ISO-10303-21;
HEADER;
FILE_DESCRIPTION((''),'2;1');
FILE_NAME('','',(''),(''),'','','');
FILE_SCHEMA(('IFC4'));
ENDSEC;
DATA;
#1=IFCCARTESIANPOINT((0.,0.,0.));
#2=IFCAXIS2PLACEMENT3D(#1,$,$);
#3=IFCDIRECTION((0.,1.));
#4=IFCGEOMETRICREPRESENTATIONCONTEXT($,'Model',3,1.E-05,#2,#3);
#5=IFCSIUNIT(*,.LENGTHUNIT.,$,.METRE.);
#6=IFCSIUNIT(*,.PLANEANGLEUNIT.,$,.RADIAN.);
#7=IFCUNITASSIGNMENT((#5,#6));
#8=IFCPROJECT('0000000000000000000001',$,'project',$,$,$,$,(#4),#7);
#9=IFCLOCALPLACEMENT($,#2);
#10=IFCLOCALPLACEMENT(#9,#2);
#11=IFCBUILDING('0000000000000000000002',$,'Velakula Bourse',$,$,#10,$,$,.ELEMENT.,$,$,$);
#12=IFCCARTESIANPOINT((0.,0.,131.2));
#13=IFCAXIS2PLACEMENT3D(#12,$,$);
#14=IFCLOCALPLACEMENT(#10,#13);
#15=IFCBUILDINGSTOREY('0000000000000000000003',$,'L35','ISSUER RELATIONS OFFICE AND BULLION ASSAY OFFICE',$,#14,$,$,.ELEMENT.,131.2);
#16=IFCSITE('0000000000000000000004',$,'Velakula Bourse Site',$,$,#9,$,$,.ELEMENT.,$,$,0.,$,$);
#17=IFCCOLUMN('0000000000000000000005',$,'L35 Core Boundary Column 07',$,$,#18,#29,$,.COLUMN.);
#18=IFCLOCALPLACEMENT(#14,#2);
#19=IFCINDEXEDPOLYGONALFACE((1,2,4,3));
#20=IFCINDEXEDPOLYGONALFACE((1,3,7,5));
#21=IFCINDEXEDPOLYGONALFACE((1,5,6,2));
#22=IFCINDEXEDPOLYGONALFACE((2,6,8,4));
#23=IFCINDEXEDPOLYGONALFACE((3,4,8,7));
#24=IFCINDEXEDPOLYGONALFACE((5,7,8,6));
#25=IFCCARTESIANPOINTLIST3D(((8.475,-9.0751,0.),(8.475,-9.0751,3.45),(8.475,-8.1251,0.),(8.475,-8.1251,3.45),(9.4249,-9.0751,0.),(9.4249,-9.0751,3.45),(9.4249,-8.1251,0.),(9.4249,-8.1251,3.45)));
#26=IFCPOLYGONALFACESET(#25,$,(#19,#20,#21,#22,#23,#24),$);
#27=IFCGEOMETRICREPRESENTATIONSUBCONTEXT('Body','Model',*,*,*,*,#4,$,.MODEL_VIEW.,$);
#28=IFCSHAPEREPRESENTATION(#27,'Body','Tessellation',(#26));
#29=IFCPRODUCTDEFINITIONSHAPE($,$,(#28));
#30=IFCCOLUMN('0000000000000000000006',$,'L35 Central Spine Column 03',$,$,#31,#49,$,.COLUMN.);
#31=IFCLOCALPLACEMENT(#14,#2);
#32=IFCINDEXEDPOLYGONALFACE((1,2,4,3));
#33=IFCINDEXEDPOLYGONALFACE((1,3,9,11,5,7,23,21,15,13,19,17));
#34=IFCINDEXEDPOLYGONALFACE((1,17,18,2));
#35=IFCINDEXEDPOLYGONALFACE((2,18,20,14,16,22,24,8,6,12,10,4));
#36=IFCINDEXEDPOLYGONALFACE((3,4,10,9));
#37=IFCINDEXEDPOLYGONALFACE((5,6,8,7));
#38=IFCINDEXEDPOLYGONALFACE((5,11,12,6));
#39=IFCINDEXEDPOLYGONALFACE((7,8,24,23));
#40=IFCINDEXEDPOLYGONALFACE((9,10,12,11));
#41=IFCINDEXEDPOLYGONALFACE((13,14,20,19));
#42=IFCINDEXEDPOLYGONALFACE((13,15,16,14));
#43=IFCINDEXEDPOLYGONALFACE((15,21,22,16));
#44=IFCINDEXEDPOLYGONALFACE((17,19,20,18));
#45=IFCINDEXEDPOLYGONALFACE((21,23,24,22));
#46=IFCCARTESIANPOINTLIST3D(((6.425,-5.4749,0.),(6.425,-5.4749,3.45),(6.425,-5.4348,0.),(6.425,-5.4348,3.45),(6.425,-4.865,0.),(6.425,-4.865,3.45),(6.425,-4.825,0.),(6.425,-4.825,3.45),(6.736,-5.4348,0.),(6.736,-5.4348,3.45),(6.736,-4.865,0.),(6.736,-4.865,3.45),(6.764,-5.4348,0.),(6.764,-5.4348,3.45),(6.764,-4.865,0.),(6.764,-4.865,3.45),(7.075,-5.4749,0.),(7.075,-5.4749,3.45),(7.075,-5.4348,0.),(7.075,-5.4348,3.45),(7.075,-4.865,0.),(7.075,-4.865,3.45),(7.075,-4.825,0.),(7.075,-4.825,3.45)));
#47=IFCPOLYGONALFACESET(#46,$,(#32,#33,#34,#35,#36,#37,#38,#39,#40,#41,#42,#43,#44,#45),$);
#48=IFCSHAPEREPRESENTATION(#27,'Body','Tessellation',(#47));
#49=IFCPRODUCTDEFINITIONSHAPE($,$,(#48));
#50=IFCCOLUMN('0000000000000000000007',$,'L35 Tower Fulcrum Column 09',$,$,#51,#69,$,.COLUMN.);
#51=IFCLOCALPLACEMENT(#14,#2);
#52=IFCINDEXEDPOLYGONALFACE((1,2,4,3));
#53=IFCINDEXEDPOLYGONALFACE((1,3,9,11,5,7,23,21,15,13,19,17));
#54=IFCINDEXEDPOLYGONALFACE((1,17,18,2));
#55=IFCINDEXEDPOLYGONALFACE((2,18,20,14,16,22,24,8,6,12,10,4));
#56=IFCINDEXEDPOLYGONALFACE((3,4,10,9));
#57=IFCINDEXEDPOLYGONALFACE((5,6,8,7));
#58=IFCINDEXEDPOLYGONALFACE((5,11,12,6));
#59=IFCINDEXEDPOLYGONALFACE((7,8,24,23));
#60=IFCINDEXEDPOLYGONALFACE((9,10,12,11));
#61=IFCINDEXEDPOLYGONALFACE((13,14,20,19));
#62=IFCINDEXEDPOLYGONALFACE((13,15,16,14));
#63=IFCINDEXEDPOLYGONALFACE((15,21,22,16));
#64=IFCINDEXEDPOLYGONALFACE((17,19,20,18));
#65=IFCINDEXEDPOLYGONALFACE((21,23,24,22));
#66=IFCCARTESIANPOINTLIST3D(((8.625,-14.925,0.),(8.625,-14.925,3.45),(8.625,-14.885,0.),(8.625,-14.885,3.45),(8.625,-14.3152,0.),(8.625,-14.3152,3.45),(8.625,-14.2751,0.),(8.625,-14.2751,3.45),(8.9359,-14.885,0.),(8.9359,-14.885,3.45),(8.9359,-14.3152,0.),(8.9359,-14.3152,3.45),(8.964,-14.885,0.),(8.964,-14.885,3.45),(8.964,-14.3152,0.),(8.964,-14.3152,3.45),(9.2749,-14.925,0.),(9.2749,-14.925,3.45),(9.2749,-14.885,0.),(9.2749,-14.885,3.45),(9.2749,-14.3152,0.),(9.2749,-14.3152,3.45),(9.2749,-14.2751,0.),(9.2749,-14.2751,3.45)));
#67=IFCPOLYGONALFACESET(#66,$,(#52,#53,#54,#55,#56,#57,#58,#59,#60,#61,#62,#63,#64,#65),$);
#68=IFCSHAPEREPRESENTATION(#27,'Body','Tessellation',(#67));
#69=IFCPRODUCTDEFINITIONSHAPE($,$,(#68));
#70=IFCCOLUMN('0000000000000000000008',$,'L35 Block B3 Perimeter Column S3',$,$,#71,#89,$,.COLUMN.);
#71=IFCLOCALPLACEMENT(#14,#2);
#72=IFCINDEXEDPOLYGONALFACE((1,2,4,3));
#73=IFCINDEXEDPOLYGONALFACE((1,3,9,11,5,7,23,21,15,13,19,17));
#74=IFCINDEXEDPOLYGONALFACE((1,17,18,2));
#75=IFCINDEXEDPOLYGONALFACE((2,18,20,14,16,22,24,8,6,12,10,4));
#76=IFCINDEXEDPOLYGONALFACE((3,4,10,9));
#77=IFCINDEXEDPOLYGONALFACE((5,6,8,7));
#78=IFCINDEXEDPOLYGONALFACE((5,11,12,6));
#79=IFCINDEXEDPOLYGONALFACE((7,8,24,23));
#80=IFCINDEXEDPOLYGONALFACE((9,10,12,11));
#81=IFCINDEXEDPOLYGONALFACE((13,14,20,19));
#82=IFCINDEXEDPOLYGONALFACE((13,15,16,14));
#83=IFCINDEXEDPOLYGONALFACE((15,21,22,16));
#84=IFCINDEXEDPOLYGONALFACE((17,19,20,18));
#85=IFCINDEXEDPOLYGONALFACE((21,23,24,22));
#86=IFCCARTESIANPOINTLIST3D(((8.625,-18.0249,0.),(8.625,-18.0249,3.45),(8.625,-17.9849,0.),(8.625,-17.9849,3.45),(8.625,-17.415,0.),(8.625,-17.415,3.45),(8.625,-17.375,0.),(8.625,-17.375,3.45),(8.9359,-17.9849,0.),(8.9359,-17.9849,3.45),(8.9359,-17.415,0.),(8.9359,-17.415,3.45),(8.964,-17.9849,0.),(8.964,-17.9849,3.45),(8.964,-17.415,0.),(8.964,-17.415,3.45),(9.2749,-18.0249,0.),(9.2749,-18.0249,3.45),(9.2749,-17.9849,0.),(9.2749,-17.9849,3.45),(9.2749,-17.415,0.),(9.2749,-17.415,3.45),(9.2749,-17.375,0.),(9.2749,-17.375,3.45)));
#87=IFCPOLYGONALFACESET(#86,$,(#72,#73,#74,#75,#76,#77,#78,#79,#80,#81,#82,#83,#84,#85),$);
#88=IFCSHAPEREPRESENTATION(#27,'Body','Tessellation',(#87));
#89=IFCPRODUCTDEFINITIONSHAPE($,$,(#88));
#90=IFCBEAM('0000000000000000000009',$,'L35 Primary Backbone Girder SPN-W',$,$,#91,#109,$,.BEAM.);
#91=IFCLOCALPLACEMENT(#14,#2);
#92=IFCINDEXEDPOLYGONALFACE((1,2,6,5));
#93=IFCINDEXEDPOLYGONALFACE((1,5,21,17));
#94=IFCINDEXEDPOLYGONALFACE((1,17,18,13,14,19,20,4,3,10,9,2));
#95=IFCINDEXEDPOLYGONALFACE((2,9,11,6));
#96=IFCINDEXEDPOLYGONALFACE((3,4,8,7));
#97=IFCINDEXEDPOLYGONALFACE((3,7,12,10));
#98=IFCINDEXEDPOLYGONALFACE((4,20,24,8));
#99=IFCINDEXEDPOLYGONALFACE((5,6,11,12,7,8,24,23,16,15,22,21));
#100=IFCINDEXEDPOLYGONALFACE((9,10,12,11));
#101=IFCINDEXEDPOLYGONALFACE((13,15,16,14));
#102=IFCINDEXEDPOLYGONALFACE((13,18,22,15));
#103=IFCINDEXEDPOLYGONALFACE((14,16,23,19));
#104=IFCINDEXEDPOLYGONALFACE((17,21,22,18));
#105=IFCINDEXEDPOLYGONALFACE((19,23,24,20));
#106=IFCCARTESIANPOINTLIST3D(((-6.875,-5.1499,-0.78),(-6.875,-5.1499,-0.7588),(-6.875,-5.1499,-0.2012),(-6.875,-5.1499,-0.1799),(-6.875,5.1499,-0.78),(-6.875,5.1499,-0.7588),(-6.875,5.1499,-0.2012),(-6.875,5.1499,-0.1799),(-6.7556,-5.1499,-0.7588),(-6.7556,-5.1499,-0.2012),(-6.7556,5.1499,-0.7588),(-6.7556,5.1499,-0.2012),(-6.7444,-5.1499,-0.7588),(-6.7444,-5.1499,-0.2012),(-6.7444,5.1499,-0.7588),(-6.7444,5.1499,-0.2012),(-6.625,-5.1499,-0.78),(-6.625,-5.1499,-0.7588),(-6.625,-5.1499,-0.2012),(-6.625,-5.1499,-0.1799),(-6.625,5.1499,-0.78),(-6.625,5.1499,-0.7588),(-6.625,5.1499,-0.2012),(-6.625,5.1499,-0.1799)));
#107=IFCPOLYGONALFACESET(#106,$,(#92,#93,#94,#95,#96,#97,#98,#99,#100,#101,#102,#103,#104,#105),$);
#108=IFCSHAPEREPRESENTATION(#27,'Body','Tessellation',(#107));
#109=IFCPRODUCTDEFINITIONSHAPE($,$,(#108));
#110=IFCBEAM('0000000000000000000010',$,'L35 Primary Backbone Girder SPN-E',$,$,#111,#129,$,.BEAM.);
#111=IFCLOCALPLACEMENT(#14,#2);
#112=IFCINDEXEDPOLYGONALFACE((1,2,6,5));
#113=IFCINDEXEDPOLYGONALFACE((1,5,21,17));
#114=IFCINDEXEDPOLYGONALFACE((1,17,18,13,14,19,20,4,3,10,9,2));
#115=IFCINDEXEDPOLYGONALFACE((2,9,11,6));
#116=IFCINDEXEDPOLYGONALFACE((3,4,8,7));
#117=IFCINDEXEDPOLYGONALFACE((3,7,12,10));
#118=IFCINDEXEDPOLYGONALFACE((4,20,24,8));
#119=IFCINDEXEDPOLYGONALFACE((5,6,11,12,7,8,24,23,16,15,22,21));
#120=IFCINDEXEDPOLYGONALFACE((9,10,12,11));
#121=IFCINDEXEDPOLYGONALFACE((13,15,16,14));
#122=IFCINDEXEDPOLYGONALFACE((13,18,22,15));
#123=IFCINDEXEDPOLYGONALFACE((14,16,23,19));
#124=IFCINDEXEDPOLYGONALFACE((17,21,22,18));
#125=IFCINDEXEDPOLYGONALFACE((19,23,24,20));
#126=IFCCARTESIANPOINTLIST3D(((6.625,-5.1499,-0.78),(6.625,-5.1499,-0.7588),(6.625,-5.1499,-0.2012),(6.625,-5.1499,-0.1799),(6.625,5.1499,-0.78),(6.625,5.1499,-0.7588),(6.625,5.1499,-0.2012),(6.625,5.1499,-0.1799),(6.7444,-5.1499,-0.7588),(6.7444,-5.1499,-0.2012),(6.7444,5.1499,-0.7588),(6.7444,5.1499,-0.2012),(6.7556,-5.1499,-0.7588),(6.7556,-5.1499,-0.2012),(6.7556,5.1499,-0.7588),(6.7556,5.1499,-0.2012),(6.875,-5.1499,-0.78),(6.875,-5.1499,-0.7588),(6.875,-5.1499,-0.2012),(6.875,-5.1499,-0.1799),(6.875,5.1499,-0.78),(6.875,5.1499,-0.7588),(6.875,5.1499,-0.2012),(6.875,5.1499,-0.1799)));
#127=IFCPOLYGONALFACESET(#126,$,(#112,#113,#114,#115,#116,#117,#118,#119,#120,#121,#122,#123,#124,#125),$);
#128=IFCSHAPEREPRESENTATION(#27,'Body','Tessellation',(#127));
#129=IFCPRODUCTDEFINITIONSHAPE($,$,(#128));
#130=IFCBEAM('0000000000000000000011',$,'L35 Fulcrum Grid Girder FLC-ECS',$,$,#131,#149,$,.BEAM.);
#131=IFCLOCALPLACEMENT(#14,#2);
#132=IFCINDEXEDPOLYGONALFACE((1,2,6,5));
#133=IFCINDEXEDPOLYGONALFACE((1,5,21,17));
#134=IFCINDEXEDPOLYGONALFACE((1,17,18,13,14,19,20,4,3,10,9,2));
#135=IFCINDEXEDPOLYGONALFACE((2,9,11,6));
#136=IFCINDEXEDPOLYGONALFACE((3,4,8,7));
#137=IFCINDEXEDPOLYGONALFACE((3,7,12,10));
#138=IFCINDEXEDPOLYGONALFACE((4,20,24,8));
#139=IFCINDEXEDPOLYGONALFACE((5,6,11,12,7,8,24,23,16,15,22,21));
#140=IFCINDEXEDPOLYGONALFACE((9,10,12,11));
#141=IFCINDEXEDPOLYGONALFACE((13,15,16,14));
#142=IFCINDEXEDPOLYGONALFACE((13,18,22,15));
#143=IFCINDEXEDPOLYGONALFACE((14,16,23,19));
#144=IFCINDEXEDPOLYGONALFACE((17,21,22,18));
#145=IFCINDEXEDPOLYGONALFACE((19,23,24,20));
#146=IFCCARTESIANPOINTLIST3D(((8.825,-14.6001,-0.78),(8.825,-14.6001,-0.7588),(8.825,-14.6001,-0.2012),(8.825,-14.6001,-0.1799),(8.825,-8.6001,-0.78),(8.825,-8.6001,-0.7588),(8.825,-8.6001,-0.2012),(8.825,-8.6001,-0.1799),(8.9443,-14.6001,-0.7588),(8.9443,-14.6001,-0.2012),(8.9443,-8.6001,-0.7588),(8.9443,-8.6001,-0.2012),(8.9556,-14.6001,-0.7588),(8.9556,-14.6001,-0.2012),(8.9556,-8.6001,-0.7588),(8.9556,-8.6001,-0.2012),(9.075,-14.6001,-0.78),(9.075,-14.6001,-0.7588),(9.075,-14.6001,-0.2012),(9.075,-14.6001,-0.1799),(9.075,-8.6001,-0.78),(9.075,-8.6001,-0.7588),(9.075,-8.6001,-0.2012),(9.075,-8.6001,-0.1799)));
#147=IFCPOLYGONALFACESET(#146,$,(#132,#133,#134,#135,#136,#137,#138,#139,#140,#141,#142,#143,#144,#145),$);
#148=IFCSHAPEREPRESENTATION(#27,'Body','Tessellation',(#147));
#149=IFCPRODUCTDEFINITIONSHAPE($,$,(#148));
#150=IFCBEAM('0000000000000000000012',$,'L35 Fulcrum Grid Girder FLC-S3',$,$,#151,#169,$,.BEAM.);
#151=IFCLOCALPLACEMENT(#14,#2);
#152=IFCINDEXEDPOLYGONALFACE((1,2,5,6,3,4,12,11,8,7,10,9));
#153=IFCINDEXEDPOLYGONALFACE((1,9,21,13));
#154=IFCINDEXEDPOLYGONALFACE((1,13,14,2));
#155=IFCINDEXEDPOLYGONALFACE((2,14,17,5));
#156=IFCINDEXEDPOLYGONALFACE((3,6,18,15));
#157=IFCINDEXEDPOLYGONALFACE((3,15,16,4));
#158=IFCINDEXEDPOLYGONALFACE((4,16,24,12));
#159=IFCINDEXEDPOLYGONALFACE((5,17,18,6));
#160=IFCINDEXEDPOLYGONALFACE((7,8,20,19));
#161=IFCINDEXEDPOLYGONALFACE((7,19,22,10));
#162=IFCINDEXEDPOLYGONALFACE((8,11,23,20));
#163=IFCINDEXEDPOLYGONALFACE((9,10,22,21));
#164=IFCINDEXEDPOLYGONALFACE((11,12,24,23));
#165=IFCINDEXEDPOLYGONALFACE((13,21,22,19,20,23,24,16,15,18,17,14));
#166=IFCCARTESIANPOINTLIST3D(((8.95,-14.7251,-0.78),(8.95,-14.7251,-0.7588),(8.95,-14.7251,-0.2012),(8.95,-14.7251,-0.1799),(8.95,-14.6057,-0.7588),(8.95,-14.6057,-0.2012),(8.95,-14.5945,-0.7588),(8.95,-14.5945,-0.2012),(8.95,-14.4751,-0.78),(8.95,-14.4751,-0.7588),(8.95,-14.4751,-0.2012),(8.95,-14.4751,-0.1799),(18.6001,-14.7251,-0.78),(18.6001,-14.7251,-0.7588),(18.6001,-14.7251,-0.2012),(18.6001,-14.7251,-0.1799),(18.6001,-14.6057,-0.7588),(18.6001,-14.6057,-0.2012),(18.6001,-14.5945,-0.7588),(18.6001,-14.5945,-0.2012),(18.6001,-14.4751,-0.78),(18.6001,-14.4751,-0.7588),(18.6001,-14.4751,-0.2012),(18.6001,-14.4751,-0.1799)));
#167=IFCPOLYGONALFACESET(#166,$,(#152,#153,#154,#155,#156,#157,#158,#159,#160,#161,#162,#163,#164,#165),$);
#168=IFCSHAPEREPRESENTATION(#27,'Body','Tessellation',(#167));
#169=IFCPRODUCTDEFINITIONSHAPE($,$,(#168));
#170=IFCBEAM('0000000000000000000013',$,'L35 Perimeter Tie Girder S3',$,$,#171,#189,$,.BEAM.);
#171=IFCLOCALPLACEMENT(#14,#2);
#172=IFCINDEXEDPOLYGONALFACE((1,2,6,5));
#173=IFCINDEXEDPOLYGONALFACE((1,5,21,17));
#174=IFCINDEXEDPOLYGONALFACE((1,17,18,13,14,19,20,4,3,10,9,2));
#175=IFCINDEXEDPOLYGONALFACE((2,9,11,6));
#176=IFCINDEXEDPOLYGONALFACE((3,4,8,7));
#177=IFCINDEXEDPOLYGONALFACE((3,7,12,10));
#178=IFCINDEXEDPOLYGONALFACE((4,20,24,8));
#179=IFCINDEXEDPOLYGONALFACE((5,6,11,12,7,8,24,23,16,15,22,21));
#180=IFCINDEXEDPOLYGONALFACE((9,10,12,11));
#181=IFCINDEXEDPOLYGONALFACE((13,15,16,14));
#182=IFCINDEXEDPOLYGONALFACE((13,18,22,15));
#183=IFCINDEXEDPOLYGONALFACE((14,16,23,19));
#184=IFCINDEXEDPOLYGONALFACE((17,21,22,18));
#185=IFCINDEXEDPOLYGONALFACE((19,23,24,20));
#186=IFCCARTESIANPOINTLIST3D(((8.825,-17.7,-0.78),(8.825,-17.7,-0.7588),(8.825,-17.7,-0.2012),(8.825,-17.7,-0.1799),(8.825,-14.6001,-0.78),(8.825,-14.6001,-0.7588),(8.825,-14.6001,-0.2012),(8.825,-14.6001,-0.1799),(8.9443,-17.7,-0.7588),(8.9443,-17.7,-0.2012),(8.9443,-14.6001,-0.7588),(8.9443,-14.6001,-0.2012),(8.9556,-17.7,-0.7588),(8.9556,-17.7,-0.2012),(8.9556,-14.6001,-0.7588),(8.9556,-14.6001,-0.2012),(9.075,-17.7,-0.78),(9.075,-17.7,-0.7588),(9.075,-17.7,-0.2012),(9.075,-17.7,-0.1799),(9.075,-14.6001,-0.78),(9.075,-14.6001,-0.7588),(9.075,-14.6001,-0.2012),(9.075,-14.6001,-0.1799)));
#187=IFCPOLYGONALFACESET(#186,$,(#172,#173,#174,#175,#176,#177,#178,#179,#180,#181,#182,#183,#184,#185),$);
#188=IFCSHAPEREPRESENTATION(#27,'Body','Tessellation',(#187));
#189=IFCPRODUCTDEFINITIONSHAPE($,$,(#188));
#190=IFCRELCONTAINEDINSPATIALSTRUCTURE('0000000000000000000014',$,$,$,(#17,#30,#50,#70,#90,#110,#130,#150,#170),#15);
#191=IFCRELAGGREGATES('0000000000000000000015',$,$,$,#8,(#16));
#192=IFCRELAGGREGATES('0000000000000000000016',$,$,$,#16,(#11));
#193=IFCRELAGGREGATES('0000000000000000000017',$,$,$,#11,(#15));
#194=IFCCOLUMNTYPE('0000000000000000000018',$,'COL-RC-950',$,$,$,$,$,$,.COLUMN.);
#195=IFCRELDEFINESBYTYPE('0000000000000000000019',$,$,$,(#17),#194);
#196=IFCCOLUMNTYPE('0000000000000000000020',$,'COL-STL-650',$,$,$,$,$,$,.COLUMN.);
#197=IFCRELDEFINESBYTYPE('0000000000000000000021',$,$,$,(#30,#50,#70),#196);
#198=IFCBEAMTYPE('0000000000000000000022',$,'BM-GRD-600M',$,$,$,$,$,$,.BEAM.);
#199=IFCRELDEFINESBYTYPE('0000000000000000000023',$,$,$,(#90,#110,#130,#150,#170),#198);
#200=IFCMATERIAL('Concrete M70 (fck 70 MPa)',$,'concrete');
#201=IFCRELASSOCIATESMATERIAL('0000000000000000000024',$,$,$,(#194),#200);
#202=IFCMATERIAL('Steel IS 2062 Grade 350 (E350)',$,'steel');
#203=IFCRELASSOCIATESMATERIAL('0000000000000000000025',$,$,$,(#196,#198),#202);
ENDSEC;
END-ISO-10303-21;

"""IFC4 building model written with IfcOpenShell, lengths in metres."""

from ifc_helpers import new_model, si_unit, direction, frame, origin, origin_2d, place, context, subcontext, project, spatial, rectangle, i_section, extrude, material, material_profile, profile_set, type_object, element, save


model = new_model("IFC4")

# Units and contexts
model_context = context("Model", 3, precision=1e-05, world=origin(), true_north=direction((0.0, 1.0)))
body_context = subcontext(model_context, "Body", "Model", "MODEL_VIEW")
ifc_project = project(units=[si_unit("LENGTHUNIT", "METRE"), si_unit("PLANEANGLEUNIT", "RADIAN")], contexts=[model_context])

# Site, building, storey
site_placement = place(None, origin())
site = spatial("IfcSite", under=ifc_project, at=site_placement, Name="Velakula Bourse Site", CompositionType="ELEMENT", RefElevation=0.0)
building_placement = place(site_placement, origin())
building = spatial("IfcBuilding", under=site, at=building_placement, Name="Velakula Bourse", CompositionType="ELEMENT")
storey_placement = place(building_placement, frame((0.0, 0.0, 131.2)))
storey = spatial("IfcBuildingStorey", under=building, at=storey_placement, Name="L35", Description="ISSUER RELATIONS OFFICE AND BULLION ASSAY OFFICE", CompositionType="ELEMENT", Elevation=131.2)

# Columns
ifc_material_1 = material(Name="Concrete M70 (fck 70 MPa)", Category="concrete")
ifc_material_profile_1 = material_profile(ifc_material_1, rectangle(XDim=0.95, YDim=0.95, at=origin_2d()), Name="Concrete M70 (fck 70 MPa)")
ifc_profile_set_1 = profile_set([ifc_material_profile_1], Name="Concrete M70 (fck 70 MPa)")
column_type_1 = type_object("IfcColumnType", Name="COL-RC-950", PredefinedType="COLUMN", material=ifc_profile_set_1)
column_placement = place(storey_placement, frame((8.95, -8.6001, 0.0), z_axis=(0.0, 0.0, 1.0), x_axis=(1.0, 0.0, 0.0)))
element("IfcColumn", 1, at=column_placement, inside=storey, type_object=column_type_1, Name="L35 Core Boundary Column 07", PredefinedType="COLUMN", context=body_context, shape_type="SweptSolid", body=[
    extrude(rectangle(XDim=0.95, YDim=0.95, at=origin_2d()), origin(), (0.0, 0.0, 1.0), 3.45),
])
ifc_material_2 = material(Name="Steel IS 2062 Grade 350 (E350)", Category="steel")
ifc_material_profile_2 = material_profile(ifc_material_2, i_section(OverallWidth=0.6499, OverallDepth=0.6499, WebThickness=0.0281, FlangeThickness=0.04, at=origin_2d()), Name="Steel IS 2062 Grade 350 (E350)")
ifc_profile_set_2 = profile_set([ifc_material_profile_2], Name="Steel IS 2062 Grade 350 (E350)")
column_type_2 = type_object("IfcColumnType", Name="COL-STL-650", PredefinedType="COLUMN", material=ifc_profile_set_2)
for number, where, z_axis, x_axis, name in (
    (2, (6.75, -5.1499, 0.0), (0.0, 0.0, 1.0), (1.0, 0.0, 0.0), "L35 Central Spine Column 03"),
    (3, (8.95, -14.6001, 0.0), (0.0, 0.0, 1.0), (1.0, 0.0, 0.0), "L35 Tower Fulcrum Column 09"),
    (4, (8.95, -17.7, 0.0), (0.0, 0.0, 1.0), (1.0, 0.0, 0.0), "L35 Block B3 Perimeter Column S3"),
):
    element("IfcColumn", number, at=place(storey_placement, frame(where, z_axis=z_axis, x_axis=x_axis)), inside=storey, type_object=column_type_2, Name=name, PredefinedType="COLUMN", context=body_context, shape_type="SweptSolid", body=[
        extrude(i_section(OverallWidth=0.6499, OverallDepth=0.6499, WebThickness=0.0281, FlangeThickness=0.04, at=origin_2d()), origin(), (0.0, 0.0, 1.0), 3.45),
    ])

# Beams
ifc_material_profile_3 = material_profile(ifc_material_2, i_section(OverallWidth=0.25, OverallDepth=0.6001, WebThickness=0.0112, FlangeThickness=0.0212, at=origin_2d()), Name="Steel IS 2062 Grade 350 (E350)")
ifc_profile_set_3 = profile_set([ifc_material_profile_3], Name="Steel IS 2062 Grade 350 (E350)")
beam_type_1 = type_object("IfcBeamType", Name="BM-GRD-600M", PredefinedType="BEAM", material=ifc_profile_set_3)
for number, where, z_axis, x_axis, name in (
    (5, (-6.75, -5.1499, -0.48), (0.0, 1.0, 0.0), (-1.0, 0.0, 0.0), "L35 Primary Backbone Girder SPN-W"),
    (6, (6.75, -5.1499, -0.48), (0.0, 1.0, 0.0), (-1.0, 0.0, 0.0), "L35 Primary Backbone Girder SPN-E"),
):
    element("IfcBeam", number, at=place(storey_placement, frame(where, z_axis=z_axis, x_axis=x_axis)), inside=storey, type_object=beam_type_1, Name=name, PredefinedType="BEAM", context=body_context, shape_type="SweptSolid", body=[
        extrude(i_section(OverallWidth=0.25, OverallDepth=0.6001, WebThickness=0.0112, FlangeThickness=0.0212, at=origin_2d()), origin(), (0.0, 0.0, 1.0), 10.2998),
    ])
beam_1_placement = place(storey_placement, frame((8.95, -14.6001, -0.48), z_axis=(0.0, 1.0, 0.0), x_axis=(-1.0, 0.0, 0.0)))
element("IfcBeam", 7, at=beam_1_placement, inside=storey, type_object=beam_type_1, Name="L35 Fulcrum Grid Girder FLC-ECS", PredefinedType="BEAM", context=body_context, shape_type="SweptSolid", body=[
    extrude(i_section(OverallWidth=0.25, OverallDepth=0.6001, WebThickness=0.0112, FlangeThickness=0.0212, at=origin_2d()), origin(), (0.0, 0.0, 1.0), 6.0),
])
beam_2_placement = place(storey_placement, frame((8.95, -14.6001, -0.48), z_axis=(1.0, 0.0, 0.0), x_axis=(0.0, 1.0, 0.0)))
element("IfcBeam", 8, at=beam_2_placement, inside=storey, type_object=beam_type_1, Name="L35 Fulcrum Grid Girder FLC-S3", PredefinedType="BEAM", context=body_context, shape_type="SweptSolid", body=[
    extrude(i_section(OverallWidth=0.25, OverallDepth=0.6001, WebThickness=0.0112, FlangeThickness=0.0212, at=origin_2d()), origin(), (0.0, 0.0, 1.0), 9.6501),
])
beam_3_placement = place(storey_placement, frame((8.95, -14.6001, -0.48), z_axis=(0.0, -1.0, 0.0), x_axis=(1.0, 0.0, 0.0)))
element("IfcBeam", 9, at=beam_3_placement, inside=storey, type_object=beam_type_1, Name="L35 Perimeter Tie Girder S3", PredefinedType="BEAM", context=body_context, shape_type="SweptSolid", body=[
    extrude(i_section(OverallWidth=0.25, OverallDepth=0.6001, WebThickness=0.0112, FlangeThickness=0.0212, at=origin_2d()), origin(), (0.0, 0.0, 1.0), 3.0999),
])

save(model, "model.ifc")
